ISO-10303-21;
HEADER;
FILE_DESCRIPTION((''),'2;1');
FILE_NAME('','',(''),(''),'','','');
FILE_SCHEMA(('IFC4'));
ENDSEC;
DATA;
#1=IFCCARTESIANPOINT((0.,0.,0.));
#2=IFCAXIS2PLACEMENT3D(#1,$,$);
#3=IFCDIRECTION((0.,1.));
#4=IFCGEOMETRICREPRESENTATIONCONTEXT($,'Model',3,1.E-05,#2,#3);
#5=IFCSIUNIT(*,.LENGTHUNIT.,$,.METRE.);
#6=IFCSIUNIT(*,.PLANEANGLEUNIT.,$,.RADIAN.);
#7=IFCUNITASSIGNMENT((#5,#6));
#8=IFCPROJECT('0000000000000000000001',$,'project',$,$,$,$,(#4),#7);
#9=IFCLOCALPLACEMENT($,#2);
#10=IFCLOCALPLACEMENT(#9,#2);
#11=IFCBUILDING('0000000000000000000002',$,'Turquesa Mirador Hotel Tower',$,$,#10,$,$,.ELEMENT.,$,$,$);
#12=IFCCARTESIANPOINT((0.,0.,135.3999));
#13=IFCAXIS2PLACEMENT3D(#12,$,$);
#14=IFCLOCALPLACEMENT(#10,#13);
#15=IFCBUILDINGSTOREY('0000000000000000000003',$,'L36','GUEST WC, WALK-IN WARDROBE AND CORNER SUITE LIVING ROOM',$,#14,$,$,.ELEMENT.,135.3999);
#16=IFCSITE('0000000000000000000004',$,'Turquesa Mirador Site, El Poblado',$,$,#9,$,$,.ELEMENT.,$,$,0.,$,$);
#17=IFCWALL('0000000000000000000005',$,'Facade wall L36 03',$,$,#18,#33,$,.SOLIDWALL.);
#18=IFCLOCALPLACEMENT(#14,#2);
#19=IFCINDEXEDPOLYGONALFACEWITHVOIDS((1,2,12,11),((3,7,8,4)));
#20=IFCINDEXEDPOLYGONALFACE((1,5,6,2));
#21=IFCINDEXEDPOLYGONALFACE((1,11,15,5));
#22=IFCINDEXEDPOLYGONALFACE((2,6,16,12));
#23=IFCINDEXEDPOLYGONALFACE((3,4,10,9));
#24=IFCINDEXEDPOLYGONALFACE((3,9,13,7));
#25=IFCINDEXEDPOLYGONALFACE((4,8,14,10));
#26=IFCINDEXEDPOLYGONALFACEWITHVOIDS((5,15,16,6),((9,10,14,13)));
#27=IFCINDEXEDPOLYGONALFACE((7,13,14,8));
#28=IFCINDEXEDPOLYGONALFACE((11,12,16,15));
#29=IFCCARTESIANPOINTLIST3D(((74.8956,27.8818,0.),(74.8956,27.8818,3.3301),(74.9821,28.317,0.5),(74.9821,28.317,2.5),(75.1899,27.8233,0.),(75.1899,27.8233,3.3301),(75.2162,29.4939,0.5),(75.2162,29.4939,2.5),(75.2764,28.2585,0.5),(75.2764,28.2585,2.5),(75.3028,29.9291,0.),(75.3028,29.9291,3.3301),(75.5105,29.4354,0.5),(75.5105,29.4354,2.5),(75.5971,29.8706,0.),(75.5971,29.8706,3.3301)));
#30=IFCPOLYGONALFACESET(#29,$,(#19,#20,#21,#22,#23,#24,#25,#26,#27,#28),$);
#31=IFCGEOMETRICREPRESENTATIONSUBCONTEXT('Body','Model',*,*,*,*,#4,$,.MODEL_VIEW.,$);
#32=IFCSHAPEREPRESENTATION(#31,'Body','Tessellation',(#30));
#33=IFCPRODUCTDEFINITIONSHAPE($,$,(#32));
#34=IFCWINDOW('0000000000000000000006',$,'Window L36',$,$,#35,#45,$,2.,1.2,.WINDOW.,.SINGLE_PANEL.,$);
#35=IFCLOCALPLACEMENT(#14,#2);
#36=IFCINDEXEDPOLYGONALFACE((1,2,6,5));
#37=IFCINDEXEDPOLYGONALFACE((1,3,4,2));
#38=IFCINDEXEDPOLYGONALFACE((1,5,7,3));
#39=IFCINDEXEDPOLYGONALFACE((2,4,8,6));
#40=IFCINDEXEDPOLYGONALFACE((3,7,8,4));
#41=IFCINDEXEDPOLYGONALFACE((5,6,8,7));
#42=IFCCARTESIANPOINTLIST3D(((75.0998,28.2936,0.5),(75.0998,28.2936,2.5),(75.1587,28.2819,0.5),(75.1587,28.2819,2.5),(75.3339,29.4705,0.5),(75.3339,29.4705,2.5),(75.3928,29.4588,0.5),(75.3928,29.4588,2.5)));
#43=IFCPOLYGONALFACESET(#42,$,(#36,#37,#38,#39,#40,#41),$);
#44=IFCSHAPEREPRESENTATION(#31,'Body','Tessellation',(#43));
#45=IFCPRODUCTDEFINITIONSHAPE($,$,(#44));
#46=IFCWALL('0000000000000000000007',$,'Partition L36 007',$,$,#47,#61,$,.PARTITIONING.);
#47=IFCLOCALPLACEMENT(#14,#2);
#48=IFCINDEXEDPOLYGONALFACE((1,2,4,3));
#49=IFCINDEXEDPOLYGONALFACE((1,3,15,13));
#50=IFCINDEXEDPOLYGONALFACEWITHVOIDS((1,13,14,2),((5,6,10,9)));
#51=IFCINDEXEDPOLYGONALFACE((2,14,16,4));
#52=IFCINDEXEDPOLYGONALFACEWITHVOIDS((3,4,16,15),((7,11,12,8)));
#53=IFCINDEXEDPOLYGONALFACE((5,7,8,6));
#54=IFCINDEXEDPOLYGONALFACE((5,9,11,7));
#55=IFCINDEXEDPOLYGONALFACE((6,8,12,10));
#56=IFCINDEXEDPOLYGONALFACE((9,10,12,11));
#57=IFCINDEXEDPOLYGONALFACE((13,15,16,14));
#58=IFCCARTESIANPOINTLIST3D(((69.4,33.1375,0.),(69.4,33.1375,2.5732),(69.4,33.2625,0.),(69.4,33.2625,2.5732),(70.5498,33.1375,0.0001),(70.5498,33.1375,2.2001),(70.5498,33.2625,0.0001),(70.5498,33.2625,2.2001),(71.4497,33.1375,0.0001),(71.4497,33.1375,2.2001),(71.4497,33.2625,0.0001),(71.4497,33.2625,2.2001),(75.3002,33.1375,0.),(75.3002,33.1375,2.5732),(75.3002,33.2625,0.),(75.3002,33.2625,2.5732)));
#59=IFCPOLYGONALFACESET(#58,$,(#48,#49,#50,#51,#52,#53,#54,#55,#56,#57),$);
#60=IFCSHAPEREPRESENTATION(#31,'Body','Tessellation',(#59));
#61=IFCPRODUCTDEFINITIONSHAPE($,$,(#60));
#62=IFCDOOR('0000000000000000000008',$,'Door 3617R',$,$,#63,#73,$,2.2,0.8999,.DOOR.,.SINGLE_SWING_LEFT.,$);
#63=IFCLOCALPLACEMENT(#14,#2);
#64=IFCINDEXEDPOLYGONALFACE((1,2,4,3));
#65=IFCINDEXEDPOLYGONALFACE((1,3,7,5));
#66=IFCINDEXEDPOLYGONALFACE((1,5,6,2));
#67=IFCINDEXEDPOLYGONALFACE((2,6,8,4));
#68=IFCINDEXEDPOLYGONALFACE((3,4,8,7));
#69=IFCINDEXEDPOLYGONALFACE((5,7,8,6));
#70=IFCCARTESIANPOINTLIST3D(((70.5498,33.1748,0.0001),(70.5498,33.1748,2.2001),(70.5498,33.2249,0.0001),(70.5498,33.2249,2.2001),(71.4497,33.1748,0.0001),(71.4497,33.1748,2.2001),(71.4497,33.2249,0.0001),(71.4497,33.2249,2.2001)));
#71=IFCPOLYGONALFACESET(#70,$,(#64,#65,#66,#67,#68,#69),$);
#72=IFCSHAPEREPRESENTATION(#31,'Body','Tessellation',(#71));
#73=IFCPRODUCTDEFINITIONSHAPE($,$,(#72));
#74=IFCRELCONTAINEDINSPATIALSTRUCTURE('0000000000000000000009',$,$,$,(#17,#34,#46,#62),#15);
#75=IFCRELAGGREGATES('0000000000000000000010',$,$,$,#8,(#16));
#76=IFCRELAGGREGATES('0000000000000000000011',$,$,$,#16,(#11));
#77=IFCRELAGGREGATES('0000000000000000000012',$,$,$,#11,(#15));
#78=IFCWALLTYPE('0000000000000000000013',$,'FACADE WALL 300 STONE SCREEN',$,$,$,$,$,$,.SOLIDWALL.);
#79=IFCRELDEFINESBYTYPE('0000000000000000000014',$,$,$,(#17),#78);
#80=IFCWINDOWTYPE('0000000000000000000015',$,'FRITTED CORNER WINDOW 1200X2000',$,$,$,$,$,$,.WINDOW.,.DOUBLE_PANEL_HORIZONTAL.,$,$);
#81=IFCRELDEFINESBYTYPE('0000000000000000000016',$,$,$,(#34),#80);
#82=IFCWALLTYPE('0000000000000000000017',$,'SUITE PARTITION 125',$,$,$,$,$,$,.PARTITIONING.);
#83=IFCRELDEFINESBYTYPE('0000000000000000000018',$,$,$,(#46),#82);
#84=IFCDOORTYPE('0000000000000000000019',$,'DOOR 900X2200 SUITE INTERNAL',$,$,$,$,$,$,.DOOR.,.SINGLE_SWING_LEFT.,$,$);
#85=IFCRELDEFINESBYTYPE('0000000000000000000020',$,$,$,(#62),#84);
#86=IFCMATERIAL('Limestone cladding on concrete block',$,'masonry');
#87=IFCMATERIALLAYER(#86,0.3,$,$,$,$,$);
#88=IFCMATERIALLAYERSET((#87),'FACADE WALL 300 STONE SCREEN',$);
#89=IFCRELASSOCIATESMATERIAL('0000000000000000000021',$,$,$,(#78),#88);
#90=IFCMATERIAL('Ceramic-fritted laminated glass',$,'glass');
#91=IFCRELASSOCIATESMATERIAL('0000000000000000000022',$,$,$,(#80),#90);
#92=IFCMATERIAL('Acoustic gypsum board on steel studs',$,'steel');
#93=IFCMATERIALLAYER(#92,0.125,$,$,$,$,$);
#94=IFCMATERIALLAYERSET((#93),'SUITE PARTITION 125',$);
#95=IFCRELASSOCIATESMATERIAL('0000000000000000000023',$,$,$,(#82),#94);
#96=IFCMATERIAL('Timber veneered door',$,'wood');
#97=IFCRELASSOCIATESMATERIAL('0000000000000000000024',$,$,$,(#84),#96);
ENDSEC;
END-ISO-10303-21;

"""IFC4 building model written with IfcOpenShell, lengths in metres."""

from ifc_helpers import new_model, si_unit, direction, frame, frame_2d, origin, place, context, subcontext, project, spatial, rectangle, extrude, material, layer, layer_set, type_object, element, fill, save


model = new_model("IFC4")

# Units and contexts
model_context = context("Model", 3, precision=1e-05, world=origin(), true_north=direction((0.0, 1.0)))
body_context = subcontext(model_context, "Body", "Model", "MODEL_VIEW")
ifc_project = project(units=[si_unit("LENGTHUNIT", "METRE"), si_unit("PLANEANGLEUNIT", "RADIAN")], contexts=[model_context])

# Site, building, storey
site_placement = place(None, origin())
site = spatial("IfcSite", under=ifc_project, at=site_placement, Name="Turquesa Mirador Site, El Poblado", CompositionType="ELEMENT", RefElevation=0.0)
building_placement = place(site_placement, origin())
building = spatial("IfcBuilding", under=site, at=building_placement, Name="Turquesa Mirador Hotel Tower", CompositionType="ELEMENT")
storey_placement = place(building_placement, frame((0.0, 0.0, 135.3999)))
storey = spatial("IfcBuildingStorey", under=building, at=storey_placement, Name="L36", Description="GUEST WC, WALK-IN WARDROBE AND CORNER SUITE LIVING ROOM", CompositionType="ELEMENT", Elevation=135.3999)

# Wall, opening, window
ifc_material_1 = material(Name="Limestone cladding on concrete block", Category="masonry")
ifc_layer_1 = layer(ifc_material_1, 0.3)
ifc_layer_set_1 = layer_set([ifc_layer_1], Name="FACADE WALL 300 STONE SCREEN")
wall_type_1 = type_object("IfcWallType", Name="FACADE WALL 300 STONE SCREEN", PredefinedType="SOLIDWALL", material=ifc_layer_set_1)
ifc_material_2 = material(Name="Ceramic-fritted laminated glass", Category="glass")
window_type_1 = type_object("IfcWindowType", Name="FRITTED CORNER WINDOW 1200X2000", PartitioningType="DOUBLE_PANEL_HORIZONTAL", PredefinedType="WINDOW", material=ifc_material_2)
wall_1_placement = place(storey_placement, frame((75.0427, 27.8525, 0.0), z_axis=(0.0, 0.0, 1.0), x_axis=(0.195081, 0.980787, 0.0)))
wall_1 = element("IfcWall", 1, at=wall_1_placement, inside=storey, type_object=wall_type_1, Name="Facade wall L36 03", PredefinedType="SOLIDWALL", context=body_context, shape_type="SweptSolid", body=[
    extrude(rectangle(XDim=2.0874, YDim=0.3, at=frame_2d((1.0437, 0.0))), origin(), (0.0, 0.0, 1.0), 3.3301),
])
opening_1_placement = place(wall_1_placement, frame((0.4436, 0.0, 0.5)))
opening_1 = element("IfcOpeningElement", 2, at=opening_1_placement, cuts=wall_1, PredefinedType="OPENING", context=body_context, shape_type="SweptSolid", body=[
    extrude(rectangle(XDim=1.2, YDim=2.0, at=frame_2d((0.6001, 1.0))), frame((0.0, 0.1599, 0.0), z_axis=(0.0, -1.0, 0.0), x_axis=(1.0, 0.0, 0.0)), (0.0, 0.0, 1.0), 0.3201),
])
window_1_placement = place(opening_1_placement, origin())
window_1 = element("IfcWindow", 3, at=window_1_placement, inside=storey, type_object=window_type_1, Name="Window L36", OverallHeight=2.0, OverallWidth=1.2, PartitioningType="SINGLE_PANEL", PredefinedType="WINDOW", context=body_context, shape_type="SweptSolid", body=[
    extrude(rectangle(XDim=1.2, YDim=2.0, at=frame_2d((0.6001, 1.0))), frame((0.0, 0.03, 0.0), z_axis=(0.0, -1.0, 0.0), x_axis=(1.0, 0.0, 0.0)), (0.0, 0.0, 1.0), 0.0601),
])
fill(opening_1, window_1)

# Wall, opening, door
ifc_material_3 = material(Name="Acoustic gypsum board on steel studs", Category="steel")
ifc_layer_2 = layer(ifc_material_3, 0.125)
ifc_layer_set_2 = layer_set([ifc_layer_2], Name="SUITE PARTITION 125")
wall_type_2 = type_object("IfcWallType", Name="SUITE PARTITION 125", PredefinedType="PARTITIONING", material=ifc_layer_set_2)
wall_2_placement = place(storey_placement, frame((69.3999, 33.2, 0.0), z_axis=(0.0, 0.0, 1.0), x_axis=(1.0, 0.0, 0.0)))
wall_2 = element("IfcWall", 4, at=wall_2_placement, inside=storey, type_object=wall_type_2, Name="Partition L36 007", PredefinedType="PARTITIONING", context=body_context, shape_type="SweptSolid", body=[
    extrude(rectangle(XDim=5.9001, YDim=0.125, at=frame_2d((2.9502, 0.0))), origin(), (0.0, 0.0, 1.0), 2.5732),
])
opening_2_placement = place(wall_2_placement, frame((1.1499, 0.0, 0.0)))
opening_2 = element("IfcOpeningElement", 5, at=opening_2_placement, cuts=wall_2, PredefinedType="OPENING", context=body_context, shape_type="SweptSolid", body=[
    extrude(rectangle(XDim=0.8999, YDim=2.2, at=frame_2d((0.45, 1.1001))), frame((0.0, 0.0725, 0.0), z_axis=(0.0, -1.0, 0.0), x_axis=(1.0, 0.0, 0.0)), (0.0, 0.0, 1.0), 0.145),
])
ifc_material_4 = material(Name="Timber veneered door", Category="wood")
door_type = type_object("IfcDoorType", Name="DOOR 900X2200 SUITE INTERNAL", OperationType="SINGLE_SWING_LEFT", PredefinedType="DOOR", material=ifc_material_4)
door_placement = place(opening_2_placement, origin())
door = element("IfcDoor", 6, at=door_placement, inside=storey, type_object=door_type, Name="Door 3617R", OperationType="SINGLE_SWING_LEFT", OverallHeight=2.2, OverallWidth=0.8999, PredefinedType="DOOR", context=body_context, shape_type="SweptSolid", body=[
    extrude(rectangle(XDim=0.8999, YDim=2.2, at=frame_2d((0.45, 1.1001))), frame((0.0, 0.0249, 0.0), z_axis=(0.0, -1.0, 0.0), x_axis=(1.0, 0.0, 0.0)), (0.0, 0.0, 1.0), 0.05),
])
fill(opening_2, door)

save(model, "model.ifc")
